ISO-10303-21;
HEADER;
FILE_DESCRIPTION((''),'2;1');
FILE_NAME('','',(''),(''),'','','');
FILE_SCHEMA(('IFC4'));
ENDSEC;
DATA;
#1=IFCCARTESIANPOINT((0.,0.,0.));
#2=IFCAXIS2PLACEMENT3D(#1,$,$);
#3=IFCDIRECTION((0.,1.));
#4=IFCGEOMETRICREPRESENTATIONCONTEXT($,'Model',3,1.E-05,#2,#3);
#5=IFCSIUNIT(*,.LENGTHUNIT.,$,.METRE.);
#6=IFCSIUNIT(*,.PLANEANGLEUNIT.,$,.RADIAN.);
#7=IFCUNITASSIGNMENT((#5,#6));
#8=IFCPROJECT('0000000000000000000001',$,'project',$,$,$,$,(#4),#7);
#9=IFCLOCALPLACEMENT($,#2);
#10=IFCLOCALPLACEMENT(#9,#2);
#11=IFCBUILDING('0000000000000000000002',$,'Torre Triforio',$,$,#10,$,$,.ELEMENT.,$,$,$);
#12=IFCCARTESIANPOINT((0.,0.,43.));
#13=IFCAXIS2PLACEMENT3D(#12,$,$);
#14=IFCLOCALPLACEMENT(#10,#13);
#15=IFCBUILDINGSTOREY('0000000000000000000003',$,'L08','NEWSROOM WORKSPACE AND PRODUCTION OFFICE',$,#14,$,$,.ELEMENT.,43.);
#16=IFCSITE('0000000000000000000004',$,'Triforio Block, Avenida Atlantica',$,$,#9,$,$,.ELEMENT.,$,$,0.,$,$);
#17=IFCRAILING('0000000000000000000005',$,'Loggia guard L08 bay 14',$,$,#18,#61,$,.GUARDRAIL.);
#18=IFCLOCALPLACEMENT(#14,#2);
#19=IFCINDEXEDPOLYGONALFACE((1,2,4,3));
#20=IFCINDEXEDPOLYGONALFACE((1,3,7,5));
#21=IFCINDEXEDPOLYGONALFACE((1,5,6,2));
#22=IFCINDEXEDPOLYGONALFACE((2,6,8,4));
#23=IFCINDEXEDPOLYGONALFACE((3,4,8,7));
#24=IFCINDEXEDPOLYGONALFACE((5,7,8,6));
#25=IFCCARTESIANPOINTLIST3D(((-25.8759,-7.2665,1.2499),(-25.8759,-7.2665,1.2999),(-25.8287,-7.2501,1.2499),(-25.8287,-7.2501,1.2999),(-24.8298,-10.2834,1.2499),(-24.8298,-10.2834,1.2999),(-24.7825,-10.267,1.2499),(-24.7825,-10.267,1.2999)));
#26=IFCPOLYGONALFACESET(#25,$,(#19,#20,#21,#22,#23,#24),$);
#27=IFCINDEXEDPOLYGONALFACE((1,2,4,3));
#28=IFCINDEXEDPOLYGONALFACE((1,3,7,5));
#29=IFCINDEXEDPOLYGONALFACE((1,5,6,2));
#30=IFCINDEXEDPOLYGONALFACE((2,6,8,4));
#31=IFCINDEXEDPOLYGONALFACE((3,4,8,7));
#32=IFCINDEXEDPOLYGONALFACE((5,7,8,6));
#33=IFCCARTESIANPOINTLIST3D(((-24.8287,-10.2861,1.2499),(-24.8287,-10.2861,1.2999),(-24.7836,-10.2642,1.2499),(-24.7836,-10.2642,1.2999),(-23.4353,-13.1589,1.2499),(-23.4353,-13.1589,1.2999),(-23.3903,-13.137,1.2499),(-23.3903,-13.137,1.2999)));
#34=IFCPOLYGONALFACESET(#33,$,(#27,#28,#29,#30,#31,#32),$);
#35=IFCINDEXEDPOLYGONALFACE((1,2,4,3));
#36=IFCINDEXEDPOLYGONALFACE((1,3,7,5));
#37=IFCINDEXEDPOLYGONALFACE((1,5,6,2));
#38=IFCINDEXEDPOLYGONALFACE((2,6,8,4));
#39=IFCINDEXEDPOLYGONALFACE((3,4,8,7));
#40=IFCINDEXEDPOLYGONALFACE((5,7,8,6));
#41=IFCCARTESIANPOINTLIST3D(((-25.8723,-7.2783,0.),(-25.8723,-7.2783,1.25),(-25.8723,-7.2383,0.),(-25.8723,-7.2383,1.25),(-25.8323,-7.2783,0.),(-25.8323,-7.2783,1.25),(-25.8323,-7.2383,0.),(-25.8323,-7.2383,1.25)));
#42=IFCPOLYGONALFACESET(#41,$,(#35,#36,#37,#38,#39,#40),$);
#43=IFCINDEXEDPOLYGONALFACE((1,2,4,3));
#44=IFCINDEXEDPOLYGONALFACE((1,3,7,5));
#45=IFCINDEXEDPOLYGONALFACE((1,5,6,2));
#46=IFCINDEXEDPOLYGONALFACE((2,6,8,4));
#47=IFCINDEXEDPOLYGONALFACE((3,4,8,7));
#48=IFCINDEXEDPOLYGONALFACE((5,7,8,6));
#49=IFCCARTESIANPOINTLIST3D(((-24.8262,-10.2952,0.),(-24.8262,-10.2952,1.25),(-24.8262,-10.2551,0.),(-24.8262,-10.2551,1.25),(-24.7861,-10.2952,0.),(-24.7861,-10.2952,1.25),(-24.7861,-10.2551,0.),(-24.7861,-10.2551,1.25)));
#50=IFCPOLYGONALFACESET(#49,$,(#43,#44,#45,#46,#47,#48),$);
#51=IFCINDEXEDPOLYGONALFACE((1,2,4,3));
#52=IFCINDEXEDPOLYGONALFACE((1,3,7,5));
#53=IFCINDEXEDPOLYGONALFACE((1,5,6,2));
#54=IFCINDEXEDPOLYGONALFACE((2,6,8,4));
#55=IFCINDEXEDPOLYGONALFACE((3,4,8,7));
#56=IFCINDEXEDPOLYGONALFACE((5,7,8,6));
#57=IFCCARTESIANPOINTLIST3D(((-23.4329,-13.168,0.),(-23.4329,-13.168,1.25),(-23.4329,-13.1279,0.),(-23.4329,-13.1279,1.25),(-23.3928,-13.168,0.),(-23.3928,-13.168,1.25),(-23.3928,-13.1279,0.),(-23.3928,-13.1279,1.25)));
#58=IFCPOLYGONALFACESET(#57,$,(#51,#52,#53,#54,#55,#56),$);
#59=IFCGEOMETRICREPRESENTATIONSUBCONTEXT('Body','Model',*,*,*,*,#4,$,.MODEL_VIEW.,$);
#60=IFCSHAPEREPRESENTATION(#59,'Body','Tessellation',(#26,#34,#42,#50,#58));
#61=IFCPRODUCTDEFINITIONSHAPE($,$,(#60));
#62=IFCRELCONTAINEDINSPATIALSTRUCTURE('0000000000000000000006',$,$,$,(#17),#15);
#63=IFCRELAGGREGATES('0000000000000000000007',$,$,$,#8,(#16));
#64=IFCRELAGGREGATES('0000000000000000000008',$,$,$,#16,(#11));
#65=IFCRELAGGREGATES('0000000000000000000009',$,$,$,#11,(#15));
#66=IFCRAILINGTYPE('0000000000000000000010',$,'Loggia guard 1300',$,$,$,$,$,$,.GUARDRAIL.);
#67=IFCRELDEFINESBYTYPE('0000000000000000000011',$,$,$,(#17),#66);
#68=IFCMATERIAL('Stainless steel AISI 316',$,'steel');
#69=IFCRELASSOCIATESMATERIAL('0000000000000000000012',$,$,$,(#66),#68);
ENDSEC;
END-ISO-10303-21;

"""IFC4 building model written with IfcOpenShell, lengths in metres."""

from ifc_helpers import new_model, si_unit, direction, frame, origin, origin_2d, place, context, subcontext, project, spatial, rectangle, extrude, material, type_object, element, save


model = new_model("IFC4")

# Units and contexts
model_context = context("Model", 3, precision=1e-05, world=origin(), true_north=direction((0.0, 1.0)))
body_context = subcontext(model_context, "Body", "Model", "MODEL_VIEW")
ifc_project = project(units=[si_unit("LENGTHUNIT", "METRE"), si_unit("PLANEANGLEUNIT", "RADIAN")], contexts=[model_context])

# Site, building, storey
site_placement = place(None, origin())
site = spatial("IfcSite", under=ifc_project, at=site_placement, Name="Triforio Block, Avenida Atlantica", CompositionType="ELEMENT", RefElevation=0.0)
building_placement = place(site_placement, origin())
building = spatial("IfcBuilding", under=site, at=building_placement, Name="Torre Triforio", CompositionType="ELEMENT")
storey_placement = place(building_placement, frame((0.0, 0.0, 43.0)))
storey = spatial("IfcBuildingStorey", under=building, at=storey_placement, Name="L08", Description="NEWSROOM WORKSPACE AND PRODUCTION OFFICE", CompositionType="ELEMENT", Elevation=43.0)

# Railing
ifc_material_1 = material(Name="Stainless steel AISI 316", Category="steel")
railing_type = type_object("IfcRailingType", Name="Loggia guard 1300", PredefinedType="GUARDRAIL", material=ifc_material_1)
railing_1_placement = place(storey_placement, frame((-25.8523, -7.2583, 0.0)))
element("IfcRailing", 1, at=railing_1_placement, inside=storey, type_object=railing_type, Name="Loggia guard L08 bay 14", PredefinedType="GUARDRAIL", context=body_context, shape_type="SweptSolid", body=[
    extrude(rectangle(XDim=0.05, YDim=0.05, at=origin_2d()), frame((0.0, 0.0, 1.2749), z_axis=(0.327628, -0.944807, 0.0), x_axis=(0.944807, 0.327628, 0.0)), (0.0, 0.0, 1.0), 3.1931),
    extrude(rectangle(XDim=0.05, YDim=0.05, at=origin_2d()), frame((1.0461, -3.0168, 1.2749), z_axis=(0.436384, -0.89976, 0.0), x_axis=(0.89976, 0.436384, 0.0)), (0.0, 0.0, 1.0), 3.1929),
    extrude(rectangle(XDim=0.04, YDim=0.04, at=origin_2d()), origin(), (0.0, 0.0, 1.0), 1.25),
    extrude(rectangle(XDim=0.04, YDim=0.04, at=origin_2d()), frame((1.0461, -3.0168, 0.0)), (0.0, 0.0, 1.0), 1.25),
    extrude(rectangle(XDim=0.04, YDim=0.04, at=origin_2d()), frame((2.4395, -5.8896, 0.0)), (0.0, 0.0, 1.0), 1.25),
])

save(model, "model.ifc")
